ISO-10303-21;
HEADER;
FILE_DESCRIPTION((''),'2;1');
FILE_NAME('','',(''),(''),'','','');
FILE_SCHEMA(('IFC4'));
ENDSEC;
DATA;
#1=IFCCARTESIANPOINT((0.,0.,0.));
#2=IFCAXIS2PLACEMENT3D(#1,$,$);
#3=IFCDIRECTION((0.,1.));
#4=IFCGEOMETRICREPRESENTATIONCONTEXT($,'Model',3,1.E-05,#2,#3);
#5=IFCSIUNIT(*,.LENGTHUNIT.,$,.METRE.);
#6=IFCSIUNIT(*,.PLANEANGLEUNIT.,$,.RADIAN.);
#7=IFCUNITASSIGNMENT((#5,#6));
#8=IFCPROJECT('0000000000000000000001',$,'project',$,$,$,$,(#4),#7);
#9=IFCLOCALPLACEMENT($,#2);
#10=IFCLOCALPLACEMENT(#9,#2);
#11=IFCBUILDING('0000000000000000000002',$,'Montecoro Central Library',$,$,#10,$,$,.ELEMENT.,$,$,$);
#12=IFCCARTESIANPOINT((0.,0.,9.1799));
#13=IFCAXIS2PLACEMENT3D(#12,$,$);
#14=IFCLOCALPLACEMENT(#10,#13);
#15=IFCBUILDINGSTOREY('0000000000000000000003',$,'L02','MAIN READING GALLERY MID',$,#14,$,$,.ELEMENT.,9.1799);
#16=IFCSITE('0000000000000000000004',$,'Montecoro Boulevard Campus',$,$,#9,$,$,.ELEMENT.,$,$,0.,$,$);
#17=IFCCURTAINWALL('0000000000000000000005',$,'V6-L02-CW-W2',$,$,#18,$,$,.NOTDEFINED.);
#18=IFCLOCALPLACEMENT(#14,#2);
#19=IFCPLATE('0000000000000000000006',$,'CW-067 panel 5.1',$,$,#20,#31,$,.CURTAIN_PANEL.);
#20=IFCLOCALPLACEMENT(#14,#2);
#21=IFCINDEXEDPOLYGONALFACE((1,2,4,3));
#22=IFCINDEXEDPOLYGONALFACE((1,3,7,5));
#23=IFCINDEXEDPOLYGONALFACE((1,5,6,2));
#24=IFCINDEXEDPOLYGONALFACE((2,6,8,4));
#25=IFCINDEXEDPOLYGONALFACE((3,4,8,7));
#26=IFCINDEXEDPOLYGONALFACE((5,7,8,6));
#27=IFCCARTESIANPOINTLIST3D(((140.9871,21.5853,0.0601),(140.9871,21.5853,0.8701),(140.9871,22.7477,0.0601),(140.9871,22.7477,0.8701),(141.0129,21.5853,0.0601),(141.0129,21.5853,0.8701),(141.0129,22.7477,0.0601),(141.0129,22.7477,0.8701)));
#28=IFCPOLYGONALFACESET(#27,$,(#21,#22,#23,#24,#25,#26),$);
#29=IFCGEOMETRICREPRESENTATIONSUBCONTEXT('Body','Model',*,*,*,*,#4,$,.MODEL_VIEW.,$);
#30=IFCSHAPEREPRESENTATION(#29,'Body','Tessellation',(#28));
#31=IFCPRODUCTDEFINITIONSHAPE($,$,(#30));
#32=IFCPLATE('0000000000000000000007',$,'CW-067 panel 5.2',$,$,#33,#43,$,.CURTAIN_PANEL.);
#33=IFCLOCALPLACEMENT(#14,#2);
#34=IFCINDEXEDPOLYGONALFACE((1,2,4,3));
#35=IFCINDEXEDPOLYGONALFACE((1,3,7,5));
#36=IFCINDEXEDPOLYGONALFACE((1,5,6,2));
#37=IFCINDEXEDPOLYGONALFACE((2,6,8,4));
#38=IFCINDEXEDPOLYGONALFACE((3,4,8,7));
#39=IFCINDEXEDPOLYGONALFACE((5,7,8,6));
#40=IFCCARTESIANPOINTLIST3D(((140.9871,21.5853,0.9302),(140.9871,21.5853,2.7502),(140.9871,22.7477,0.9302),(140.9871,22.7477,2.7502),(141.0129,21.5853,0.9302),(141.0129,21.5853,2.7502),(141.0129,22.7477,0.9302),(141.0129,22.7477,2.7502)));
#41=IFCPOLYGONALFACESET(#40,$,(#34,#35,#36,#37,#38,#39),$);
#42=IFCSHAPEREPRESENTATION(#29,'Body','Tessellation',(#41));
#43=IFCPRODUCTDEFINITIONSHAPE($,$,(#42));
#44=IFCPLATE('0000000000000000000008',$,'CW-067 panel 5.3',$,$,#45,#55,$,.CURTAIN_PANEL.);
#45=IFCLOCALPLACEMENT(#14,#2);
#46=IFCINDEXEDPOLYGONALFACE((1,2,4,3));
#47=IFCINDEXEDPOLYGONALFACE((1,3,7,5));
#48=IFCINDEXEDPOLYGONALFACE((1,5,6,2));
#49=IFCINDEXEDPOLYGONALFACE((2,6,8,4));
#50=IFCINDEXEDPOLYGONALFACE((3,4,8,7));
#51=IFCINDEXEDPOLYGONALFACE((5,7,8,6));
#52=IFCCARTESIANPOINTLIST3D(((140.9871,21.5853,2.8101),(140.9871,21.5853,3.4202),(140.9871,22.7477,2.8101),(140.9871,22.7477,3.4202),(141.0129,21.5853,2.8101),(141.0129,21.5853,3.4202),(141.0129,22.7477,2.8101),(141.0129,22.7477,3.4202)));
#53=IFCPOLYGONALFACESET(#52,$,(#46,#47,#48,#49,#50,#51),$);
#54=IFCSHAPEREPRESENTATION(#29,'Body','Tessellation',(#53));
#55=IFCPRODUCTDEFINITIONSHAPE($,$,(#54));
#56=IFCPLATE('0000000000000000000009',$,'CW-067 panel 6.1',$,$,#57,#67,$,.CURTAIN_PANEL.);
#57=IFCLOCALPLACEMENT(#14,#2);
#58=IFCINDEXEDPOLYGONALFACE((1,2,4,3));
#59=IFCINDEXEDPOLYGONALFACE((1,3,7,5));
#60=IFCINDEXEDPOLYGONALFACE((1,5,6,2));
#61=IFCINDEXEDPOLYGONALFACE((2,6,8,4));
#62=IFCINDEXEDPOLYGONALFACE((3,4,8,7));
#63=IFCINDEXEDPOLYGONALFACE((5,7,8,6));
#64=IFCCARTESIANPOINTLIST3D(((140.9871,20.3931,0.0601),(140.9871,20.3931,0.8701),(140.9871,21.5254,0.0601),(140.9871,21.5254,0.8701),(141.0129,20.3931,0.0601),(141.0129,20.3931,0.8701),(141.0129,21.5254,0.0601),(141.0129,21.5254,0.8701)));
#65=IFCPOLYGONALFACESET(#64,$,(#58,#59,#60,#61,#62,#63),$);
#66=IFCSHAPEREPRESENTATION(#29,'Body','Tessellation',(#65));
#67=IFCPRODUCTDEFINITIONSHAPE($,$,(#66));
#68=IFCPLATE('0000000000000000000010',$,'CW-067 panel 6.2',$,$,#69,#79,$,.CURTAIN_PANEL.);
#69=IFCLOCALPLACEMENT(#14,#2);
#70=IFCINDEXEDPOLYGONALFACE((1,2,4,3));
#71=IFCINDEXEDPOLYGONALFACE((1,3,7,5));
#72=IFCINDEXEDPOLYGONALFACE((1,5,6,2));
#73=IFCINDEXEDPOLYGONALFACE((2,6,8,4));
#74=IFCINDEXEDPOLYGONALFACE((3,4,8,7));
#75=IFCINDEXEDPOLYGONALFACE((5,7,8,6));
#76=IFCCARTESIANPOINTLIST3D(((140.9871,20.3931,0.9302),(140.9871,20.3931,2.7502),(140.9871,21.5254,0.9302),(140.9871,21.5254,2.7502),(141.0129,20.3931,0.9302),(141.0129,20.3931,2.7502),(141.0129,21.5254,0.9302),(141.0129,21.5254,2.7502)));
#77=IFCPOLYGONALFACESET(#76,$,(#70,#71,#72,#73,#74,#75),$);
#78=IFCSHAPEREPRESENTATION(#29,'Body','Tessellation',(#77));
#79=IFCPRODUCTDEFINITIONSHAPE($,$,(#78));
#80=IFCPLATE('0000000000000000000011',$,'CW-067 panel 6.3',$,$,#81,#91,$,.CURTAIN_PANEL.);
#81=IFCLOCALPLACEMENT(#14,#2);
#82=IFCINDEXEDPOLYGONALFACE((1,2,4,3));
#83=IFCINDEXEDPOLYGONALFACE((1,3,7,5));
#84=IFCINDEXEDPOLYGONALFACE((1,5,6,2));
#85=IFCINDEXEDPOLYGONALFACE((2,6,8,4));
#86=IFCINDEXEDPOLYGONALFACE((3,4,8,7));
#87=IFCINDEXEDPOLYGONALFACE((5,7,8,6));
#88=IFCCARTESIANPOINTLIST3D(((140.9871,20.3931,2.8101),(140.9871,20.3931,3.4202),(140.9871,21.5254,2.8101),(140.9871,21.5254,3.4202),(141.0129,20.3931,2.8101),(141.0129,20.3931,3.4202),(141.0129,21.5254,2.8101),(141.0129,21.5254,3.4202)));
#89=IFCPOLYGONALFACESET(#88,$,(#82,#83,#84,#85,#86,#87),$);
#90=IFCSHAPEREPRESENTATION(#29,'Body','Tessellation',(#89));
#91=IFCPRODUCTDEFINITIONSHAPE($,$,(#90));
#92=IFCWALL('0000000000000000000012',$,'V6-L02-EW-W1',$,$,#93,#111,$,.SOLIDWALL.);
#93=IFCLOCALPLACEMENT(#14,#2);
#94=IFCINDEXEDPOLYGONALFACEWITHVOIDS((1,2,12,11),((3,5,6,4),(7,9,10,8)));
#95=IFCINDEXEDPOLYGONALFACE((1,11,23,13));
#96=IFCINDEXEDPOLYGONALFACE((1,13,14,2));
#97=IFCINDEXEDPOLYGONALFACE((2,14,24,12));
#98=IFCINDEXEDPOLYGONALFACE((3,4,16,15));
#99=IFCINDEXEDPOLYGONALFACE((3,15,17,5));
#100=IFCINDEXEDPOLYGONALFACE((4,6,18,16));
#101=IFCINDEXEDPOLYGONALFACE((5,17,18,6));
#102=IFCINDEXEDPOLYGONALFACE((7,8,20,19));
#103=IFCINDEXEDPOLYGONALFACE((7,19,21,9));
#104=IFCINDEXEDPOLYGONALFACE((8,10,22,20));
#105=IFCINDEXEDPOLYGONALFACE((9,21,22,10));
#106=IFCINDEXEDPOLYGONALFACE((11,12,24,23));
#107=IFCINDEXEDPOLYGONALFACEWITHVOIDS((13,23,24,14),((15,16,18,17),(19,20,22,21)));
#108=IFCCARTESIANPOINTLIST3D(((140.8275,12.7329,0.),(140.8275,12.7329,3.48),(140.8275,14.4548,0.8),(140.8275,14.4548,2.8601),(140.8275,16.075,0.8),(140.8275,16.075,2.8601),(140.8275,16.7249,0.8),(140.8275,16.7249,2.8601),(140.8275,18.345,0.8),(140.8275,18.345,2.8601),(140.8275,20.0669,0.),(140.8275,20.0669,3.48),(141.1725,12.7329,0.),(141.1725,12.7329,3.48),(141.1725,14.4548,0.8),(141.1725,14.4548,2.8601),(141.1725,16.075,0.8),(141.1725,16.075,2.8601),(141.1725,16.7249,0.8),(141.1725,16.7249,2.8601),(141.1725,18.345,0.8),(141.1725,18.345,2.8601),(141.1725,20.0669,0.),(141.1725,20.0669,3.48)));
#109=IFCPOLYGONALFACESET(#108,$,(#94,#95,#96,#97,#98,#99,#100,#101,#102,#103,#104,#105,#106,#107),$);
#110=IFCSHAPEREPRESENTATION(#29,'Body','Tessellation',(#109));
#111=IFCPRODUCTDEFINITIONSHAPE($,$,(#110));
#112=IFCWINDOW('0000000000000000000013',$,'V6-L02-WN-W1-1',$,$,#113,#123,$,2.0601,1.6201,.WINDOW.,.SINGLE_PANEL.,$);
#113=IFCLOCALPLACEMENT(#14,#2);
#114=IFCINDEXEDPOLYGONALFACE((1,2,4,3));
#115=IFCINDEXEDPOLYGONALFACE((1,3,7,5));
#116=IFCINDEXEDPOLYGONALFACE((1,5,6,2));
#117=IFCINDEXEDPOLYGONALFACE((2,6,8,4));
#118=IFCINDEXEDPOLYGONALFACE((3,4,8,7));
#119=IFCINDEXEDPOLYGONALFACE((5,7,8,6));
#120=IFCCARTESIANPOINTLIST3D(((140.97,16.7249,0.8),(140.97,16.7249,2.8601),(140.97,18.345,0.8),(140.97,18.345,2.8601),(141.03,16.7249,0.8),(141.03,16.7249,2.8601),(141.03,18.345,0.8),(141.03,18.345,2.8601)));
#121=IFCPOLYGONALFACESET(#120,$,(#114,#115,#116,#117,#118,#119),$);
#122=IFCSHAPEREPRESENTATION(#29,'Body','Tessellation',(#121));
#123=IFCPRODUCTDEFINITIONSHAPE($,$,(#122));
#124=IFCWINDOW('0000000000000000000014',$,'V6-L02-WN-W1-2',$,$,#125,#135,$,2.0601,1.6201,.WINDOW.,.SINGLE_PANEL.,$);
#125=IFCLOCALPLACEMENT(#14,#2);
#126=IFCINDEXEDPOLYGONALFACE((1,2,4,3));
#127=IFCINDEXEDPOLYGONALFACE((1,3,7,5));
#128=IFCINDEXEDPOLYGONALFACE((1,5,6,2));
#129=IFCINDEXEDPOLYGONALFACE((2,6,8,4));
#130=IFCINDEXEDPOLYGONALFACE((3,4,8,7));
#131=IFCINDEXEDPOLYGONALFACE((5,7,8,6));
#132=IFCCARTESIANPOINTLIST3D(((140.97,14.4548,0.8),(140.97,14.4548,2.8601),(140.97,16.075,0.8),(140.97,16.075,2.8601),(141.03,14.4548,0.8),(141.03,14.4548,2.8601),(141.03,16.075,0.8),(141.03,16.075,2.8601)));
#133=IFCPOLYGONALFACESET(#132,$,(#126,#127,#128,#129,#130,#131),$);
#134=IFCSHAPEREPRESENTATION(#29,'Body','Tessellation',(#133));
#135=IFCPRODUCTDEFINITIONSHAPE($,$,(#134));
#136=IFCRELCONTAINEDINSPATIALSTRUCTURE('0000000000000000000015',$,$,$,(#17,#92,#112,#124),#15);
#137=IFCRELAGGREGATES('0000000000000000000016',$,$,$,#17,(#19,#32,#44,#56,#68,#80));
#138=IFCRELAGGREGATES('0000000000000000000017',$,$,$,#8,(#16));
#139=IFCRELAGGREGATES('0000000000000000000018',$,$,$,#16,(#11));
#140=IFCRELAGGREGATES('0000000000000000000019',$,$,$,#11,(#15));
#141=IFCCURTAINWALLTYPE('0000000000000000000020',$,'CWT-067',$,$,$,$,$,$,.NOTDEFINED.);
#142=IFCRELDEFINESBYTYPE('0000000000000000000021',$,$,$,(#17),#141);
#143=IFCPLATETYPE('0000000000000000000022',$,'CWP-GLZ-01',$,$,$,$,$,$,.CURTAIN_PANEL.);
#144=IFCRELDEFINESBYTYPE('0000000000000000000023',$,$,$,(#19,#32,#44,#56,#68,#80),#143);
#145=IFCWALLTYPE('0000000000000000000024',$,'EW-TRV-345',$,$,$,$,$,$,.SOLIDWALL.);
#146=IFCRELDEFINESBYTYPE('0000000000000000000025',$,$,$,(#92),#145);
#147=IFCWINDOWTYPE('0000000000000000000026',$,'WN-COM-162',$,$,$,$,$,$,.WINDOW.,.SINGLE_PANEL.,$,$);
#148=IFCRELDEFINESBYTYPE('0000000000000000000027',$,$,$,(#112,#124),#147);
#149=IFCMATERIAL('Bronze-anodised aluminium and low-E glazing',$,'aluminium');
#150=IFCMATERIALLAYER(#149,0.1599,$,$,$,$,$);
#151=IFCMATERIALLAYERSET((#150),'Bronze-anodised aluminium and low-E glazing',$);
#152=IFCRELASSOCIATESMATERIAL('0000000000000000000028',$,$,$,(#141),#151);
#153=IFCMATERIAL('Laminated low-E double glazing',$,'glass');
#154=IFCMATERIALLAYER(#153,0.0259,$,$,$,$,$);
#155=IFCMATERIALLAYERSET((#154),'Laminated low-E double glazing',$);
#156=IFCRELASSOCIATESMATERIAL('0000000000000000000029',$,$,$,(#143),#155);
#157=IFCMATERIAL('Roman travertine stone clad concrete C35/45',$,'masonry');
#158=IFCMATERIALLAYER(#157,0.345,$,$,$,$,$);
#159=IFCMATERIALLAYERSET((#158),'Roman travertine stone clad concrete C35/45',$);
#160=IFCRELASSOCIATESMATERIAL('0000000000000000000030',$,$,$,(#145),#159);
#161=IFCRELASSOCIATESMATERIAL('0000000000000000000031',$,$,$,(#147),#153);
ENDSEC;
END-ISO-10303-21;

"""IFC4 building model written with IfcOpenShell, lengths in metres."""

from ifc_helpers import new_model, si_unit, direction, frame, frame_2d, origin, origin_2d, place, context, subcontext, project, spatial, rectangle, extrude, material, layer, layer_set, type_object, element, fill, aggregate, save


model = new_model("IFC4")

# Units and contexts
model_context = context("Model", 3, precision=1e-05, world=origin(), true_north=direction((0.0, 1.0)))
body_context = subcontext(model_context, "Body", "Model", "MODEL_VIEW")
ifc_project = project(units=[si_unit("LENGTHUNIT", "METRE"), si_unit("PLANEANGLEUNIT", "RADIAN")], contexts=[model_context])

# Site, building, storey
site_placement = place(None, origin())
site = spatial("IfcSite", under=ifc_project, at=site_placement, Name="Montecoro Boulevard Campus", CompositionType="ELEMENT", RefElevation=0.0)
building_placement = place(site_placement, origin())
building = spatial("IfcBuilding", under=site, at=building_placement, Name="Montecoro Central Library", CompositionType="ELEMENT")
storey_placement = place(building_placement, frame((0.0, 0.0, 9.1799)))
storey = spatial("IfcBuildingStorey", under=building, at=storey_placement, Name="L02", Description="MAIN READING GALLERY MID", CompositionType="ELEMENT", Elevation=9.1799)

# Curtain wall
ifc_material_1 = material(Name="Bronze-anodised aluminium and low-E glazing", Category="aluminium")
ifc_layer_1 = layer(ifc_material_1, 0.1599)
ifc_layer_set_1 = layer_set([ifc_layer_1], Name="Bronze-anodised aluminium and low-E glazing")
curtain_wall_type = type_object("IfcCurtainWallType", Name="CWT-067", PredefinedType="NOTDEFINED", material=ifc_layer_set_1)
curtain_wall_1_placement = place(storey_placement, origin())
curtain_wall_1 = element("IfcCurtainWall", 1, at=curtain_wall_1_placement, inside=storey, type_object=curtain_wall_type, Name="V6-L02-CW-W2", PredefinedType="NOTDEFINED")

# Plates
ifc_material_2 = material(Name="Laminated low-E double glazing", Category="glass")
ifc_layer_2 = layer(ifc_material_2, 0.0259)
ifc_layer_set_2 = layer_set([ifc_layer_2], Name="Laminated low-E double glazing")
plate_type = type_object("IfcPlateType", Name="CWP-GLZ-01", PredefinedType="CURTAIN_PANEL", material=ifc_layer_set_2)
plate_1_placement = place(storey_placement, frame((141.0, 22.1665, 0.0601), z_axis=(0.0, 0.0, 1.0), x_axis=(0.0, -1.0, 0.0)))
plate_1 = element("IfcPlate", 2, at=plate_1_placement, type_object=plate_type, Name="CW-067 panel 5.1", PredefinedType="CURTAIN_PANEL", context=body_context, shape_type="SweptSolid", body=[
    extrude(rectangle(XDim=1.1624, YDim=0.0259, at=origin_2d()), origin(), (0.0, 0.0, 1.0), 0.8101),
])
plate_2_placement = place(storey_placement, frame((141.0, 22.1665, 0.9302), z_axis=(0.0, 0.0, 1.0), x_axis=(0.0, -1.0, 0.0)))
plate_2 = element("IfcPlate", 3, at=plate_2_placement, type_object=plate_type, Name="CW-067 panel 5.2", PredefinedType="CURTAIN_PANEL", context=body_context, shape_type="SweptSolid", body=[
    extrude(rectangle(XDim=1.1624, YDim=0.0259, at=origin_2d()), origin(), (0.0, 0.0, 1.0), 1.8201),
])
plate_3_placement = place(storey_placement, frame((141.0, 22.1665, 2.8101), z_axis=(0.0, 0.0, 1.0), x_axis=(0.0, -1.0, 0.0)))
plate_3 = element("IfcPlate", 4, at=plate_3_placement, type_object=plate_type, Name="CW-067 panel 5.3", PredefinedType="CURTAIN_PANEL", context=body_context, shape_type="SweptSolid", body=[
    extrude(rectangle(XDim=1.1624, YDim=0.0259, at=origin_2d()), origin(), (0.0, 0.0, 1.0), 0.6101),
])
plate_4_placement = place(storey_placement, frame((141.0, 20.9592, 0.0601), z_axis=(0.0, 0.0, 1.0), x_axis=(0.0, -1.0, 0.0)))
plate_4 = element("IfcPlate", 5, at=plate_4_placement, type_object=plate_type, Name="CW-067 panel 6.1", PredefinedType="CURTAIN_PANEL", context=body_context, shape_type="SweptSolid", body=[
    extrude(rectangle(XDim=1.1323, YDim=0.0259, at=origin_2d()), origin(), (0.0, 0.0, 1.0), 0.8101),
])
plate_5_placement = place(storey_placement, frame((141.0, 20.9592, 0.9302), z_axis=(0.0, 0.0, 1.0), x_axis=(0.0, -1.0, 0.0)))
plate_5 = element("IfcPlate", 6, at=plate_5_placement, type_object=plate_type, Name="CW-067 panel 6.2", PredefinedType="CURTAIN_PANEL", context=body_context, shape_type="SweptSolid", body=[
    extrude(rectangle(XDim=1.1323, YDim=0.0259, at=origin_2d()), origin(), (0.0, 0.0, 1.0), 1.8201),
])
plate_6_placement = place(storey_placement, frame((141.0, 20.9592, 2.8101), z_axis=(0.0, 0.0, 1.0), x_axis=(0.0, -1.0, 0.0)))
plate_6 = element("IfcPlate", 7, at=plate_6_placement, type_object=plate_type, Name="CW-067 panel 6.3", PredefinedType="CURTAIN_PANEL", context=body_context, shape_type="SweptSolid", body=[
    extrude(rectangle(XDim=1.1323, YDim=0.0259, at=origin_2d()), origin(), (0.0, 0.0, 1.0), 0.6101),
])
aggregate(curtain_wall_1, [plate_1, plate_2, plate_3, plate_4, plate_5, plate_6])

# Wall, openings, windows
ifc_material_3 = material(Name="Roman travertine stone clad concrete C35/45", Category="masonry")
ifc_layer_3 = layer(ifc_material_3, 0.345)
ifc_layer_set_3 = layer_set([ifc_layer_3], Name="Roman travertine stone clad concrete C35/45")
wall_type = type_object("IfcWallType", Name="EW-TRV-345", PredefinedType="SOLIDWALL", material=ifc_layer_set_3)
wall_placement = place(storey_placement, frame((141.0, 20.0669, 0.0), z_axis=(0.0, 0.0, 1.0), x_axis=(0.0, -1.0, 0.0)))
wall = element("IfcWall", 8, at=wall_placement, inside=storey, type_object=wall_type, Name="V6-L02-EW-W1", PredefinedType="SOLIDWALL", context=body_context, shape_type="SweptSolid", body=[
    extrude(rectangle(XDim=7.334, YDim=0.345, at=frame_2d((3.667, 0.0))), origin(), (0.0, 0.0, 1.0), 3.48),
])
opening_1_placement = place(wall_placement, frame((1.7219, 0.0, 0.8)))
opening_1 = element("IfcOpeningElement", 9, at=opening_1_placement, cuts=wall, PredefinedType="OPENING", context=body_context, shape_type="SweptSolid", body=[
    extrude(rectangle(XDim=1.6201, YDim=2.0601, at=frame_2d((0.8101, 1.03))), frame((0.0, 0.1824, 0.0), z_axis=(0.0, -1.0, 0.0), x_axis=(1.0, 0.0, 0.0)), (0.0, 0.0, 1.0), 0.365),
])
opening_2_placement = place(wall_placement, frame((3.9919, 0.0, 0.8)))
opening_2 = element("IfcOpeningElement", 10, at=opening_2_placement, cuts=wall, PredefinedType="OPENING", context=body_context, shape_type="SweptSolid", body=[
    extrude(rectangle(XDim=1.6201, YDim=2.0601, at=frame_2d((0.8101, 1.03))), frame((0.0, 0.1824, 0.0), z_axis=(0.0, -1.0, 0.0), x_axis=(1.0, 0.0, 0.0)), (0.0, 0.0, 1.0), 0.365),
])
window_type = type_object("IfcWindowType", Name="WN-COM-162", PartitioningType="SINGLE_PANEL", PredefinedType="WINDOW", material=ifc_material_2)
window_1_placement = place(opening_1_placement, origin())
window_1 = element("IfcWindow", 11, at=window_1_placement, inside=storey, type_object=window_type, Name="V6-L02-WN-W1-1", OverallHeight=2.0601, OverallWidth=1.6201, PartitioningType="SINGLE_PANEL", PredefinedType="WINDOW", context=body_context, shape_type="SweptSolid", body=[
    extrude(rectangle(XDim=1.6201, YDim=2.0601, at=frame_2d((0.8101, 1.03))), frame((0.0, 0.03, 0.0), z_axis=(0.0, -1.0, 0.0), x_axis=(1.0, 0.0, 0.0)), (0.0, 0.0, 1.0), 0.0601),
])
fill(opening_1, window_1)
window_2_placement = place(opening_2_placement, origin())
window_2 = element("IfcWindow", 12, at=window_2_placement, inside=storey, type_object=window_type, Name="V6-L02-WN-W1-2", OverallHeight=2.0601, OverallWidth=1.6201, PartitioningType="SINGLE_PANEL", PredefinedType="WINDOW", context=body_context, shape_type="SweptSolid", body=[
    extrude(rectangle(XDim=1.6201, YDim=2.0601, at=frame_2d((0.8101, 1.03))), frame((0.0, 0.03, 0.0), z_axis=(0.0, -1.0, 0.0), x_axis=(1.0, 0.0, 0.0)), (0.0, 0.0, 1.0), 0.0601),
])
fill(opening_2, window_2)

save(model, "model.ifc")
